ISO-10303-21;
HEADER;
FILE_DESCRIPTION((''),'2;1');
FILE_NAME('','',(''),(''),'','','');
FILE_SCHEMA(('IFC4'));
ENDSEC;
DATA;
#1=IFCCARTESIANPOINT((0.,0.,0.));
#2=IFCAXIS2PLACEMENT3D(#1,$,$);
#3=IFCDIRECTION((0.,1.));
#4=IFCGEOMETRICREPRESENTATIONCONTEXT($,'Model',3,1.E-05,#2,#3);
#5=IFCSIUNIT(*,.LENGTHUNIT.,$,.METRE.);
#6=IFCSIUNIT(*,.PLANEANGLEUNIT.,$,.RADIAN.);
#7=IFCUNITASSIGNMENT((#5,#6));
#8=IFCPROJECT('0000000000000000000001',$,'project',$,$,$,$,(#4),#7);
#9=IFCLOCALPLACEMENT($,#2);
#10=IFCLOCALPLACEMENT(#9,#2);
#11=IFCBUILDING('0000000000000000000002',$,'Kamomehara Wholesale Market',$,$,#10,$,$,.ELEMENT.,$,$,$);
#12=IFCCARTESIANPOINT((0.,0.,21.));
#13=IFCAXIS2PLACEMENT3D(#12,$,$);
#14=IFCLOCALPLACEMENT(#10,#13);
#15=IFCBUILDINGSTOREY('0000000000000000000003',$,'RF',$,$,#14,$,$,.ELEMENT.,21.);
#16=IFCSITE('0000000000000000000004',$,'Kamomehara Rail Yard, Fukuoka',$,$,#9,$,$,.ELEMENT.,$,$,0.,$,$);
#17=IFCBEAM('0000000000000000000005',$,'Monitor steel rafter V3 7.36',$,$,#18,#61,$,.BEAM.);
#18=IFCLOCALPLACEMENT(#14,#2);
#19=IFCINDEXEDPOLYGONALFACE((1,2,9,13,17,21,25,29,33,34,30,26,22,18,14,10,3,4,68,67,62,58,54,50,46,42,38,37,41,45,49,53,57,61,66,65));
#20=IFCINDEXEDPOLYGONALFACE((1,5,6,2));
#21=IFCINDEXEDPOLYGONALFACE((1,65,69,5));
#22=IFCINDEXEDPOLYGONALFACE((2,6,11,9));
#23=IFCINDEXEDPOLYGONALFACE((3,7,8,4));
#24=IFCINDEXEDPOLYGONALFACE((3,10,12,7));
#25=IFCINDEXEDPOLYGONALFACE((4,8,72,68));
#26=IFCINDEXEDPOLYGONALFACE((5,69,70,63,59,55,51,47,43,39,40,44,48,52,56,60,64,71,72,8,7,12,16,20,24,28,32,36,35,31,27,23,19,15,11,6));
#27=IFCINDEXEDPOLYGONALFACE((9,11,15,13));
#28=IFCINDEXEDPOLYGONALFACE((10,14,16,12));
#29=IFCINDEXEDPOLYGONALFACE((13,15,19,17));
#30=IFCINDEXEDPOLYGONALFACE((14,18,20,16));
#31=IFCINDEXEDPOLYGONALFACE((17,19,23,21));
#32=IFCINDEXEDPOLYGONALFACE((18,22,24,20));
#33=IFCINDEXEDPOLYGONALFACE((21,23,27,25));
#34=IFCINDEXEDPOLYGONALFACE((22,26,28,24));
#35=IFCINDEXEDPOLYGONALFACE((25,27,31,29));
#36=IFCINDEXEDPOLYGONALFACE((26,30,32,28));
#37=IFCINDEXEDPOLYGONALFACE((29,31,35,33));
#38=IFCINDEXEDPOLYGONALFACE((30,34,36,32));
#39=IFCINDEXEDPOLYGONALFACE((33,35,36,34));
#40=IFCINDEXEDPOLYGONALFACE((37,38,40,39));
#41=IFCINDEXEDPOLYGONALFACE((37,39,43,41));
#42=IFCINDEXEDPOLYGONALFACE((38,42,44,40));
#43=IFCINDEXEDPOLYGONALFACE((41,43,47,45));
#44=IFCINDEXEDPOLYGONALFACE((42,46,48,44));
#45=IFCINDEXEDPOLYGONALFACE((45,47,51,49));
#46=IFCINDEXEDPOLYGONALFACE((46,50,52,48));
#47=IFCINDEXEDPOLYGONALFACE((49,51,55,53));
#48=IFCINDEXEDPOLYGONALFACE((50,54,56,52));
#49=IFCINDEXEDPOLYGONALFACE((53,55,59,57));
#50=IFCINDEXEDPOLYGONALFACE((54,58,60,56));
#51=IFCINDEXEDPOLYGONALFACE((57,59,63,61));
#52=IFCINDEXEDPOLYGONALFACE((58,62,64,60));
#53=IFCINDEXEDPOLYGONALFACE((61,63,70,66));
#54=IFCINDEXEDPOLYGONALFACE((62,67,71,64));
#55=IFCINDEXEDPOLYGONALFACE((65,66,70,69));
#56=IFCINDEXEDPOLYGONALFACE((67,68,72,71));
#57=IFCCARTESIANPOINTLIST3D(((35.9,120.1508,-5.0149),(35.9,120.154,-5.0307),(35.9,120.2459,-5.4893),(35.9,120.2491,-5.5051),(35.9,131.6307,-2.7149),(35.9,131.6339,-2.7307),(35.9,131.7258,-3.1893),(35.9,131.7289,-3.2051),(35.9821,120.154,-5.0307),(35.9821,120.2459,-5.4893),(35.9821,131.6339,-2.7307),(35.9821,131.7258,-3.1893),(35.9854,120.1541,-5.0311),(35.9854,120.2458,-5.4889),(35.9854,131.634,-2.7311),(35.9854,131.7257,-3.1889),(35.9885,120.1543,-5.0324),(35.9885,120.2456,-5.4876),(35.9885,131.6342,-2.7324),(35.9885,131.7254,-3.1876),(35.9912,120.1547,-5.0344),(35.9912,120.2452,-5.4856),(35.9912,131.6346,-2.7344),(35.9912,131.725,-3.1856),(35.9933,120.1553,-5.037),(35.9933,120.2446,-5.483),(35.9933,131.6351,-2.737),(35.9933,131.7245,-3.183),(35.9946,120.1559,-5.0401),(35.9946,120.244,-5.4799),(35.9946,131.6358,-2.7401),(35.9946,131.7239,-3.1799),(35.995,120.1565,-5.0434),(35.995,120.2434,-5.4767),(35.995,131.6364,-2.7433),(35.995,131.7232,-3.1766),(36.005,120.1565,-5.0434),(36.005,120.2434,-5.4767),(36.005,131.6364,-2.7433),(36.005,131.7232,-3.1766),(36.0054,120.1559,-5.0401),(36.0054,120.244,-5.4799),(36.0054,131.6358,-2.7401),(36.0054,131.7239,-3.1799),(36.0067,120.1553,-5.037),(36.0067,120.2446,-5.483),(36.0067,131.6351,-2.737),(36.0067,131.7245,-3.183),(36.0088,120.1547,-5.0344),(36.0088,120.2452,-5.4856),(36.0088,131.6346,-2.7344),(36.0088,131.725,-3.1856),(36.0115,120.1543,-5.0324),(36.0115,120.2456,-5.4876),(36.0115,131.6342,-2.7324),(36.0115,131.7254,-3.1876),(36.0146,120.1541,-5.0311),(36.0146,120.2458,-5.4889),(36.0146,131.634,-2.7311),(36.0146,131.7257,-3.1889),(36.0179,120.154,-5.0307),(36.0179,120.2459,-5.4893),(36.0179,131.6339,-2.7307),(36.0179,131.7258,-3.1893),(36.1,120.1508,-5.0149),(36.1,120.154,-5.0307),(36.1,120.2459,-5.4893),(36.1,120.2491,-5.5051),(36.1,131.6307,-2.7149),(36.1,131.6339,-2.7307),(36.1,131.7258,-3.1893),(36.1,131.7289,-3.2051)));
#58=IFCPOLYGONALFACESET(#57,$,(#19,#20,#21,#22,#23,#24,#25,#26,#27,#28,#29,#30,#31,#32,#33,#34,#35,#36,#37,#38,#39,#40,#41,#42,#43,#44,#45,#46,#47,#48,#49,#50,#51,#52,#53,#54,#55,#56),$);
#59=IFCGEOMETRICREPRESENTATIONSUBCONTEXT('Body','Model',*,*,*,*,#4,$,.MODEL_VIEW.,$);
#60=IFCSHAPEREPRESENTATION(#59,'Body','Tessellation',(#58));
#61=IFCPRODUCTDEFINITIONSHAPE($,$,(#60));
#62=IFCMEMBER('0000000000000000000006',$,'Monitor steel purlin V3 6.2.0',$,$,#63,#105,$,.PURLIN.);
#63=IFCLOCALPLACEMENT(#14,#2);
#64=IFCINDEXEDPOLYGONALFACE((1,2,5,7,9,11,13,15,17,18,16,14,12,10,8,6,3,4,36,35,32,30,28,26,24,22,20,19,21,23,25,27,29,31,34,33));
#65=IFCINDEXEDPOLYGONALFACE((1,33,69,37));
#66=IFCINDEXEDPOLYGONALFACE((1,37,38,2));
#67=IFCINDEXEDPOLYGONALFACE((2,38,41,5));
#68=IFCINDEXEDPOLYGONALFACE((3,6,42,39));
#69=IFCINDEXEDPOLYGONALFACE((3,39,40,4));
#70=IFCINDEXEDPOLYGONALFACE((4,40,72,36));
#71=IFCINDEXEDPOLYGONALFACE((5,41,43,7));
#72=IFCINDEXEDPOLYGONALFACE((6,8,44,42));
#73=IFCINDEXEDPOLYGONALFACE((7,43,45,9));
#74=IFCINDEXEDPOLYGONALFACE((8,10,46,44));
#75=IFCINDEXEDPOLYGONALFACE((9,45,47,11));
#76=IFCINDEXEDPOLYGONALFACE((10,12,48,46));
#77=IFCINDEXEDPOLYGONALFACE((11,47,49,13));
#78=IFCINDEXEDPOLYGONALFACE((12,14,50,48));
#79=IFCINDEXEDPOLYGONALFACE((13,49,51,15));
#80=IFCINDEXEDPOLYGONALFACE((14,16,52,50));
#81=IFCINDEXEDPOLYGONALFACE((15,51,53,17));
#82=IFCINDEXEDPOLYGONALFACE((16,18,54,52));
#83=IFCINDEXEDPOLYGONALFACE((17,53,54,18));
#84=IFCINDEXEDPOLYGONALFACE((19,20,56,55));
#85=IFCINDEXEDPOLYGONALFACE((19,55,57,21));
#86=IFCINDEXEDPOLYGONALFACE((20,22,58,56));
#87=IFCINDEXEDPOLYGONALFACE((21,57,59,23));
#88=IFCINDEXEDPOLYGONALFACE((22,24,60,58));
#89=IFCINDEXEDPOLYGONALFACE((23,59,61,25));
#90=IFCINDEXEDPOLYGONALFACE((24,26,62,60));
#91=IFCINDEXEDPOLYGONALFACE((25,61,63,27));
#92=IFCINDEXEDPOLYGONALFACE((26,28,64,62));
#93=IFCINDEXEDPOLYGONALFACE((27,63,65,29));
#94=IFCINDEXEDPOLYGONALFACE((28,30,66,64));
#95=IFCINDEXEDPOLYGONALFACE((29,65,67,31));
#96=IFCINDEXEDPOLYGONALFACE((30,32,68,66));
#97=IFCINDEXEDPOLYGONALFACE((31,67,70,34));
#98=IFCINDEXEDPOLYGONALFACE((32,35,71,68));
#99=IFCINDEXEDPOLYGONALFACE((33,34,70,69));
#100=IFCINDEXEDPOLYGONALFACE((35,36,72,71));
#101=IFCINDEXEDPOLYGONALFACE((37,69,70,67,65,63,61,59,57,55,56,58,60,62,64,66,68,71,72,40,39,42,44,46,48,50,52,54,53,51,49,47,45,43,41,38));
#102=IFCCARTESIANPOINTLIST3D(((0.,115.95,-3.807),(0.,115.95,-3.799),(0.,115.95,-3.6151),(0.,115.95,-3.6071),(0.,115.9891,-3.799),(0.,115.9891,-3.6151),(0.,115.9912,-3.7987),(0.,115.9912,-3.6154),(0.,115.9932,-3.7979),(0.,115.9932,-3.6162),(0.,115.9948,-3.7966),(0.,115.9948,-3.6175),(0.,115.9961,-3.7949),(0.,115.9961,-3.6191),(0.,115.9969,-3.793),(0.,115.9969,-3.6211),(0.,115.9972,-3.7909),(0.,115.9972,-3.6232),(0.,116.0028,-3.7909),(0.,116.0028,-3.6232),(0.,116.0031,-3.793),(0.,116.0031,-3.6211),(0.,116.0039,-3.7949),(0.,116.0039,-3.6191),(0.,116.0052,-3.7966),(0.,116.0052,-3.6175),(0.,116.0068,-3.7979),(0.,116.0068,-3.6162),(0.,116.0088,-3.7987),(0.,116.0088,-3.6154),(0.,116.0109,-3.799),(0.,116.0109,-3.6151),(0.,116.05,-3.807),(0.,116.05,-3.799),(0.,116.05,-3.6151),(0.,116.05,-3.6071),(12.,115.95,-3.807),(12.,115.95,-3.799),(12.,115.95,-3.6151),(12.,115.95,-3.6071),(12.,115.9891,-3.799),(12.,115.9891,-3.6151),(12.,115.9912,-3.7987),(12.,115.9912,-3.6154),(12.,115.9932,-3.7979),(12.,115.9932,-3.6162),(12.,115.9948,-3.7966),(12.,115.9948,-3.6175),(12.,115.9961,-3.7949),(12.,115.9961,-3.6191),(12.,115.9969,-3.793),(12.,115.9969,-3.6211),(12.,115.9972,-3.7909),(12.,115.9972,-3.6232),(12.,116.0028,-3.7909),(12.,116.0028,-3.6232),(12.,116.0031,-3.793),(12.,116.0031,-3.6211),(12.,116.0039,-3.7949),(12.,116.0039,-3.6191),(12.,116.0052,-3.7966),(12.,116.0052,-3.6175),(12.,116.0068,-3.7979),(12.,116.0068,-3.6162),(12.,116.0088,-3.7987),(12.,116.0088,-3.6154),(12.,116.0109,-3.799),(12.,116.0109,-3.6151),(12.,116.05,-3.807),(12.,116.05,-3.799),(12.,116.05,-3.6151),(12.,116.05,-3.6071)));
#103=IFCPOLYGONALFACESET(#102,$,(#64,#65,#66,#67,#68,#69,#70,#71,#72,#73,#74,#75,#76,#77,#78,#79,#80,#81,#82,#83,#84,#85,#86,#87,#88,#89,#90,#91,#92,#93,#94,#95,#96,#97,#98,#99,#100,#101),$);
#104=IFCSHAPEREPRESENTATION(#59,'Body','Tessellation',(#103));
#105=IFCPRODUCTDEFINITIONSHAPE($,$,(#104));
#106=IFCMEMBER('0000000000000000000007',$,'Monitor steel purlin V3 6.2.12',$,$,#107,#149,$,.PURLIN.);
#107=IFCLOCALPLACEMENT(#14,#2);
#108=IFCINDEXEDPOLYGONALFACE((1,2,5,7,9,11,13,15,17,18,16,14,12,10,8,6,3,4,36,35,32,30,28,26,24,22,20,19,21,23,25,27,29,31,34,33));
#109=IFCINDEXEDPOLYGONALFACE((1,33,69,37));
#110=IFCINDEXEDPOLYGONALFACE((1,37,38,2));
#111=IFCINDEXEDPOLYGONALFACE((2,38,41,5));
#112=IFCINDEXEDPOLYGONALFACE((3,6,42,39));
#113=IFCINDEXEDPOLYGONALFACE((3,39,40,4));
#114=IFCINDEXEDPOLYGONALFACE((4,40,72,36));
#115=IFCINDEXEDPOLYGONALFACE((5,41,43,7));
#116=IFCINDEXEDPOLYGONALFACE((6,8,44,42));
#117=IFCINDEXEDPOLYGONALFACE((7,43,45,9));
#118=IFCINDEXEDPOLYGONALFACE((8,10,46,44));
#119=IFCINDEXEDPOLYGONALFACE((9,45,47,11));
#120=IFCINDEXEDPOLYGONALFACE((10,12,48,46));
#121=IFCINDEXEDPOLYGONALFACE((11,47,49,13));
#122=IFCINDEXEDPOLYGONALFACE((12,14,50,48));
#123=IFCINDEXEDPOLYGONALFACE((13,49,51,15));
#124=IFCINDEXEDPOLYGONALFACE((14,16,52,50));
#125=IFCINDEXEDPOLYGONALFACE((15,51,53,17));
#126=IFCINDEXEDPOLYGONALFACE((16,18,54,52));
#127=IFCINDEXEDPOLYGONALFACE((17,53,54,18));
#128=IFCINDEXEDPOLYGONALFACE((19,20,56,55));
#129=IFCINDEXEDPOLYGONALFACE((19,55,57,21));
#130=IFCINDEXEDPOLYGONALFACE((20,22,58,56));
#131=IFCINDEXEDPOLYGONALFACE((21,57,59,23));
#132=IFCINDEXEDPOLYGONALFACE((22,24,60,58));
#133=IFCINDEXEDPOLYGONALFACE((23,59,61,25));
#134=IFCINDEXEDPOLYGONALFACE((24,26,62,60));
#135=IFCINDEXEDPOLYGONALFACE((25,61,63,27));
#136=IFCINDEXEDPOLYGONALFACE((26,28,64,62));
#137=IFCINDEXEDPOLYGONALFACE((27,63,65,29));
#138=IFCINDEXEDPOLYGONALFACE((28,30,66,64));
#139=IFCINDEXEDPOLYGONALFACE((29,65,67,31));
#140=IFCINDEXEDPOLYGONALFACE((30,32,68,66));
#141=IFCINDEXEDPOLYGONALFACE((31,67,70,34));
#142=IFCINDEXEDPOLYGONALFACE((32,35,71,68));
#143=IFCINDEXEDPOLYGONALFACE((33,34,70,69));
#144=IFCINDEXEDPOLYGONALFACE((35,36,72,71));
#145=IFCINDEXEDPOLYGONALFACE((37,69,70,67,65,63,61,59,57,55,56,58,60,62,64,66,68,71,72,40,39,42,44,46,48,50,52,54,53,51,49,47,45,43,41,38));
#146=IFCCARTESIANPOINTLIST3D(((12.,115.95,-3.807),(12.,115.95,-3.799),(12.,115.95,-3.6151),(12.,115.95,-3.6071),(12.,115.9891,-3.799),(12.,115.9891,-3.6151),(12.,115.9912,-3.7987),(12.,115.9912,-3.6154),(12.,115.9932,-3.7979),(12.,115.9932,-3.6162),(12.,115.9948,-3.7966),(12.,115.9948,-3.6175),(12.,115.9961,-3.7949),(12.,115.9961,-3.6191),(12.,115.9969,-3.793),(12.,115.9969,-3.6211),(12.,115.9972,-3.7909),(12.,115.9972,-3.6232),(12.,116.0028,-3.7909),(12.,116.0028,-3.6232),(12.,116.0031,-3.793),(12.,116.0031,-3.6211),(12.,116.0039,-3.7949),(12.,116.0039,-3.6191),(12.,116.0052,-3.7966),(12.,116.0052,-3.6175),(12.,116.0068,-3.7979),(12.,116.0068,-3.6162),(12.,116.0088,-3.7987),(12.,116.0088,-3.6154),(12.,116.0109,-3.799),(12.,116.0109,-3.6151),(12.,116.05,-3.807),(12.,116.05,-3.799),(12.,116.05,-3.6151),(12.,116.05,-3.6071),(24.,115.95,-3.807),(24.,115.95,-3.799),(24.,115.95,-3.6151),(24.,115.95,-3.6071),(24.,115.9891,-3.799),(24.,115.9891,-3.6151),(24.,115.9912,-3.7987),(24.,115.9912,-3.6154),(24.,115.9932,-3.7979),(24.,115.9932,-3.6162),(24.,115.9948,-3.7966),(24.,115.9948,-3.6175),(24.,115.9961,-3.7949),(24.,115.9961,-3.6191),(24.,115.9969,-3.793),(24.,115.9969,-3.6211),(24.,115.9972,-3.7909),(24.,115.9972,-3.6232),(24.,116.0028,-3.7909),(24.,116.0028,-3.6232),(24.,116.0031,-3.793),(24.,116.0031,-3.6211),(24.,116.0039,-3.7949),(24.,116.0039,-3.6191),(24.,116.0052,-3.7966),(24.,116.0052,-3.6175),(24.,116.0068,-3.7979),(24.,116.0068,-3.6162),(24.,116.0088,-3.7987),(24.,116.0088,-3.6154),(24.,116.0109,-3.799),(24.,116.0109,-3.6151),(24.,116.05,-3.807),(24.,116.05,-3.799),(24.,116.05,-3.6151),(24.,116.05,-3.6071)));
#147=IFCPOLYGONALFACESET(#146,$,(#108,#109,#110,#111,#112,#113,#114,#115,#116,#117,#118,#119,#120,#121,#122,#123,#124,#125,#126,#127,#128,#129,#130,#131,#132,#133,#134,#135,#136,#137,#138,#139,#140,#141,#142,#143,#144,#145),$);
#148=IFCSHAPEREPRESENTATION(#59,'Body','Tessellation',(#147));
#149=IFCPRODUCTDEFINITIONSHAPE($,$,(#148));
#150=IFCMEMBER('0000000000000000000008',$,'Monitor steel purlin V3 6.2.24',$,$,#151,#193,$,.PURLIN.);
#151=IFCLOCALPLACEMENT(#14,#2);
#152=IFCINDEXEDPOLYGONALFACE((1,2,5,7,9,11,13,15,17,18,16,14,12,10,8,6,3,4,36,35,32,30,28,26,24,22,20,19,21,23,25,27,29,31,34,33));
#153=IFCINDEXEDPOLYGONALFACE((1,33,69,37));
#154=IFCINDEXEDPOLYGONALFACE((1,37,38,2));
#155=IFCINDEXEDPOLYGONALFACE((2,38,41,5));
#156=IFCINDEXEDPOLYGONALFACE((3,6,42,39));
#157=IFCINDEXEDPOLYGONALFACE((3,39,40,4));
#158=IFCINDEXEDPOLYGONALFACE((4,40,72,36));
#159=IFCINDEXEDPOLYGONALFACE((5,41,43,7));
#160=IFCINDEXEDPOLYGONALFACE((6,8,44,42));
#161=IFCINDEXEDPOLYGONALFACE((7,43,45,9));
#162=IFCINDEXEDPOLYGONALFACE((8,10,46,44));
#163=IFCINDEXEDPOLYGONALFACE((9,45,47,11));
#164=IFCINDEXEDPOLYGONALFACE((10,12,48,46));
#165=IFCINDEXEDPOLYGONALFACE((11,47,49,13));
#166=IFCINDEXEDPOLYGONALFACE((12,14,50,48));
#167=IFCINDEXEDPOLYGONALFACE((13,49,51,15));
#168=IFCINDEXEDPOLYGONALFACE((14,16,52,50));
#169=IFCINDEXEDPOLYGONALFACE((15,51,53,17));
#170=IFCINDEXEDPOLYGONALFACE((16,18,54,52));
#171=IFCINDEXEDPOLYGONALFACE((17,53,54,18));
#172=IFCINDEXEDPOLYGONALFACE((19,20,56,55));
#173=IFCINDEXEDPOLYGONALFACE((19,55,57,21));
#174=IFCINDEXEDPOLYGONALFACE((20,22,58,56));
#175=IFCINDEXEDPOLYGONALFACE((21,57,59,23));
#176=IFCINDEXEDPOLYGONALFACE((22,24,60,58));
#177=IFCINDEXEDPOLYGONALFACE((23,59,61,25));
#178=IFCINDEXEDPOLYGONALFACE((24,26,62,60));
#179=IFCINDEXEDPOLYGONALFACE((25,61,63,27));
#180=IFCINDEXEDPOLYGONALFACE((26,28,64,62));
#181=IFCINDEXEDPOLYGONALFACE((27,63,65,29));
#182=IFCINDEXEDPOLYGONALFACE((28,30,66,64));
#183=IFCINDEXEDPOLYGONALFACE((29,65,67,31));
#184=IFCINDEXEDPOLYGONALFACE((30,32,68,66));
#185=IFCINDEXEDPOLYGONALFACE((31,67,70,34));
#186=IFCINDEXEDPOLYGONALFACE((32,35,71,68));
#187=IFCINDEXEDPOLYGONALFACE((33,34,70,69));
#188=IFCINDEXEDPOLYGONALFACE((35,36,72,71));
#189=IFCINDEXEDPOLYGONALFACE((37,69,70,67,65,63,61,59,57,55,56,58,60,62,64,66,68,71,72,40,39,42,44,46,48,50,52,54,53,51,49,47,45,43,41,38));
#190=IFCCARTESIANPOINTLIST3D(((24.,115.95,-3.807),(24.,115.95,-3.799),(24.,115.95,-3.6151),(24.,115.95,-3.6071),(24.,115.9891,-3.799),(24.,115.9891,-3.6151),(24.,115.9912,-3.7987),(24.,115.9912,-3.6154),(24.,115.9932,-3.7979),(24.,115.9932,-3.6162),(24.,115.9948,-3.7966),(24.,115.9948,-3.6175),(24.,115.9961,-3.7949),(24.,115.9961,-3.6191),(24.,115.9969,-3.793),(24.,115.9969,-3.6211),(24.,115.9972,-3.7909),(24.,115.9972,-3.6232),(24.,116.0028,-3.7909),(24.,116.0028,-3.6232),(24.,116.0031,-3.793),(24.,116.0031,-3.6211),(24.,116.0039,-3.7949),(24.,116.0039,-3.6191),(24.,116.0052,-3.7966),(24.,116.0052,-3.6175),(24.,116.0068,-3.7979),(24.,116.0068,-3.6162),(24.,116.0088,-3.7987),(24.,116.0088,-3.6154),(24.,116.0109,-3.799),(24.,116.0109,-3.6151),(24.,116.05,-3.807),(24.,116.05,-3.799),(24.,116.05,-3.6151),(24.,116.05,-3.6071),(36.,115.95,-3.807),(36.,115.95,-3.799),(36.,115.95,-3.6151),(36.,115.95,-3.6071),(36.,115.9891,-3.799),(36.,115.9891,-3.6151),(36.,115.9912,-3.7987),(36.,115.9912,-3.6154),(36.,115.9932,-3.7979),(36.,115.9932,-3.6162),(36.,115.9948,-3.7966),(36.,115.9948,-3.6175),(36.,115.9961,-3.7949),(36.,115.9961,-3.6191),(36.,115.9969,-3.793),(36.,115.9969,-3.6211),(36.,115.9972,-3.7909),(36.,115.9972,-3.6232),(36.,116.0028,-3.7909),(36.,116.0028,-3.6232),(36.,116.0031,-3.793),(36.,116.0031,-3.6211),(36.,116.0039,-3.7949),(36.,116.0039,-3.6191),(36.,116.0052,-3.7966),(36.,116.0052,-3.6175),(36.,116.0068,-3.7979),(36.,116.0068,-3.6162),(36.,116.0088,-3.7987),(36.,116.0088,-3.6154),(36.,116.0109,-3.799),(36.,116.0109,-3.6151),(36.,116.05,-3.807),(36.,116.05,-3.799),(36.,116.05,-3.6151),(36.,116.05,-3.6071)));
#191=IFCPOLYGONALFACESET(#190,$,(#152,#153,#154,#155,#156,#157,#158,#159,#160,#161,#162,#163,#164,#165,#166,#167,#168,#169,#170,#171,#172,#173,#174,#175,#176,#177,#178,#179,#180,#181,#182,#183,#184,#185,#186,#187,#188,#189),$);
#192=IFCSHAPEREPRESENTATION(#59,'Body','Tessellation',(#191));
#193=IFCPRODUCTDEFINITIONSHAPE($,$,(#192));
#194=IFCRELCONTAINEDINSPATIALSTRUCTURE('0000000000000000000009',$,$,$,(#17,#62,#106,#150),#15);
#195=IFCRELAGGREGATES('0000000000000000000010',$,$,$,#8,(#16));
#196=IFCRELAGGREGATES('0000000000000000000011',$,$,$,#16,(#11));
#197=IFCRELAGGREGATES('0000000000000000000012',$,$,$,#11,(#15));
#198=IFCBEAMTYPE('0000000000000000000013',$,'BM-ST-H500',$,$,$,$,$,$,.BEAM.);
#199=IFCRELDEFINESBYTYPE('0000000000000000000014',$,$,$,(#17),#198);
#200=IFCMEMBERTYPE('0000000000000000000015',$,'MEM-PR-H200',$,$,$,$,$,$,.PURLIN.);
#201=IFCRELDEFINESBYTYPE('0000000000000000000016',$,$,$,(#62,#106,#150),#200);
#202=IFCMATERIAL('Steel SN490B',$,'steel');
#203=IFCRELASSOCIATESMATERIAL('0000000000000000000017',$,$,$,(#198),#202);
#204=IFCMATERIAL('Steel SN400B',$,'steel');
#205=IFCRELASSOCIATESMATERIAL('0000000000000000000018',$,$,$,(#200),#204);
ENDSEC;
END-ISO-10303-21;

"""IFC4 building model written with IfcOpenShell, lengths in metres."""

from ifc_helpers import new_model, si_unit, direction, frame, origin, origin_2d, place, context, subcontext, project, spatial, i_section, extrude, material, material_profile, profile_set, type_object, element, save


model = new_model("IFC4")

# Units and contexts
model_context = context("Model", 3, precision=1e-05, world=origin(), true_north=direction((0.0, 1.0)))
body_context = subcontext(model_context, "Body", "Model", "MODEL_VIEW")
ifc_project = project(units=[si_unit("LENGTHUNIT", "METRE"), si_unit("PLANEANGLEUNIT", "RADIAN")], contexts=[model_context])

# Site, building, storey
site_placement = place(None, origin())
site = spatial("IfcSite", under=ifc_project, at=site_placement, Name="Kamomehara Rail Yard, Fukuoka", CompositionType="ELEMENT", RefElevation=0.0)
building_placement = place(site_placement, origin())
building = spatial("IfcBuilding", under=site, at=building_placement, Name="Kamomehara Wholesale Market", CompositionType="ELEMENT")
storey_placement = place(building_placement, frame((0.0, 0.0, 21.0)))
storey = spatial("IfcBuildingStorey", under=building, at=storey_placement, Name="RF", CompositionType="ELEMENT", Elevation=21.0)

# Beam
ifc_material_1 = material(Name="Steel SN490B", Category="steel")
ifc_material_profile_1 = material_profile(ifc_material_1, i_section(OverallWidth=0.2, OverallDepth=0.5, WebThickness=0.01, FlangeThickness=0.0161, FilletRadius=0.0129, at=origin_2d()), Name="H-500x200x10x16")
ifc_profile_set_1 = profile_set([ifc_material_profile_1], Name="Steel SN490B")
beam_type_1 = type_object("IfcBeamType", Name="BM-ST-H500", PredefinedType="BEAM", material=ifc_profile_set_1)
for number, where, z_axis, x_axis, name in (
    (1, (36.0, 120.2, -5.26), (0.0, 0.980514, 0.196449), (-1.0, 0.0, 0.0), "Monitor steel rafter V3 7.36"),
):
    element("IfcBeam", number, at=place(storey_placement, frame(where, z_axis=z_axis, x_axis=x_axis)), inside=storey, type_object=beam_type_1, Name=name, PredefinedType="BEAM", context=body_context, shape_type="SweptSolid", body=[
        extrude(i_section(OverallWidth=0.2, OverallDepth=0.5, WebThickness=0.01, FlangeThickness=0.0161, FilletRadius=0.0129, at=origin_2d()), origin(), (0.0, 0.0, 1.0), 11.708),
    ])

# Members
ifc_material_2 = material(Name="Steel SN400B", Category="steel")
ifc_material_profile_2 = material_profile(ifc_material_2, i_section(OverallWidth=0.1001, OverallDepth=0.2, WebThickness=0.0056, FlangeThickness=0.0081, FilletRadius=0.0081, at=origin_2d()), Name="H-200x100x5.5x8")
ifc_profile_set_2 = profile_set([ifc_material_profile_2], Name="Steel SN400B")
member_type = type_object("IfcMemberType", Name="MEM-PR-H200", PredefinedType="PURLIN", material=ifc_profile_set_2)
for number, where, z_axis, x_axis, name in (
    (2, (0.0, 116.0, -3.707), (1.0, 0.0, 0.0), (0.0, 1.0, 0.0), "Monitor steel purlin V3 6.2.0"),
    (3, (12.0, 116.0, -3.707), (1.0, 0.0, 0.0), (0.0, 1.0, 0.0), "Monitor steel purlin V3 6.2.12"),
    (4, (24.0, 116.0, -3.707), (1.0, 0.0, 0.0), (0.0, 1.0, 0.0), "Monitor steel purlin V3 6.2.24"),
):
    element("IfcMember", number, at=place(storey_placement, frame(where, z_axis=z_axis, x_axis=x_axis)), inside=storey, type_object=member_type, Name=name, PredefinedType="PURLIN", context=body_context, shape_type="SweptSolid", body=[
        extrude(i_section(OverallWidth=0.1001, OverallDepth=0.2, WebThickness=0.0056, FlangeThickness=0.0081, FilletRadius=0.0081, at=origin_2d()), origin(), (0.0, 0.0, 1.0), 12.0),
    ])

save(model, "model.ifc")
